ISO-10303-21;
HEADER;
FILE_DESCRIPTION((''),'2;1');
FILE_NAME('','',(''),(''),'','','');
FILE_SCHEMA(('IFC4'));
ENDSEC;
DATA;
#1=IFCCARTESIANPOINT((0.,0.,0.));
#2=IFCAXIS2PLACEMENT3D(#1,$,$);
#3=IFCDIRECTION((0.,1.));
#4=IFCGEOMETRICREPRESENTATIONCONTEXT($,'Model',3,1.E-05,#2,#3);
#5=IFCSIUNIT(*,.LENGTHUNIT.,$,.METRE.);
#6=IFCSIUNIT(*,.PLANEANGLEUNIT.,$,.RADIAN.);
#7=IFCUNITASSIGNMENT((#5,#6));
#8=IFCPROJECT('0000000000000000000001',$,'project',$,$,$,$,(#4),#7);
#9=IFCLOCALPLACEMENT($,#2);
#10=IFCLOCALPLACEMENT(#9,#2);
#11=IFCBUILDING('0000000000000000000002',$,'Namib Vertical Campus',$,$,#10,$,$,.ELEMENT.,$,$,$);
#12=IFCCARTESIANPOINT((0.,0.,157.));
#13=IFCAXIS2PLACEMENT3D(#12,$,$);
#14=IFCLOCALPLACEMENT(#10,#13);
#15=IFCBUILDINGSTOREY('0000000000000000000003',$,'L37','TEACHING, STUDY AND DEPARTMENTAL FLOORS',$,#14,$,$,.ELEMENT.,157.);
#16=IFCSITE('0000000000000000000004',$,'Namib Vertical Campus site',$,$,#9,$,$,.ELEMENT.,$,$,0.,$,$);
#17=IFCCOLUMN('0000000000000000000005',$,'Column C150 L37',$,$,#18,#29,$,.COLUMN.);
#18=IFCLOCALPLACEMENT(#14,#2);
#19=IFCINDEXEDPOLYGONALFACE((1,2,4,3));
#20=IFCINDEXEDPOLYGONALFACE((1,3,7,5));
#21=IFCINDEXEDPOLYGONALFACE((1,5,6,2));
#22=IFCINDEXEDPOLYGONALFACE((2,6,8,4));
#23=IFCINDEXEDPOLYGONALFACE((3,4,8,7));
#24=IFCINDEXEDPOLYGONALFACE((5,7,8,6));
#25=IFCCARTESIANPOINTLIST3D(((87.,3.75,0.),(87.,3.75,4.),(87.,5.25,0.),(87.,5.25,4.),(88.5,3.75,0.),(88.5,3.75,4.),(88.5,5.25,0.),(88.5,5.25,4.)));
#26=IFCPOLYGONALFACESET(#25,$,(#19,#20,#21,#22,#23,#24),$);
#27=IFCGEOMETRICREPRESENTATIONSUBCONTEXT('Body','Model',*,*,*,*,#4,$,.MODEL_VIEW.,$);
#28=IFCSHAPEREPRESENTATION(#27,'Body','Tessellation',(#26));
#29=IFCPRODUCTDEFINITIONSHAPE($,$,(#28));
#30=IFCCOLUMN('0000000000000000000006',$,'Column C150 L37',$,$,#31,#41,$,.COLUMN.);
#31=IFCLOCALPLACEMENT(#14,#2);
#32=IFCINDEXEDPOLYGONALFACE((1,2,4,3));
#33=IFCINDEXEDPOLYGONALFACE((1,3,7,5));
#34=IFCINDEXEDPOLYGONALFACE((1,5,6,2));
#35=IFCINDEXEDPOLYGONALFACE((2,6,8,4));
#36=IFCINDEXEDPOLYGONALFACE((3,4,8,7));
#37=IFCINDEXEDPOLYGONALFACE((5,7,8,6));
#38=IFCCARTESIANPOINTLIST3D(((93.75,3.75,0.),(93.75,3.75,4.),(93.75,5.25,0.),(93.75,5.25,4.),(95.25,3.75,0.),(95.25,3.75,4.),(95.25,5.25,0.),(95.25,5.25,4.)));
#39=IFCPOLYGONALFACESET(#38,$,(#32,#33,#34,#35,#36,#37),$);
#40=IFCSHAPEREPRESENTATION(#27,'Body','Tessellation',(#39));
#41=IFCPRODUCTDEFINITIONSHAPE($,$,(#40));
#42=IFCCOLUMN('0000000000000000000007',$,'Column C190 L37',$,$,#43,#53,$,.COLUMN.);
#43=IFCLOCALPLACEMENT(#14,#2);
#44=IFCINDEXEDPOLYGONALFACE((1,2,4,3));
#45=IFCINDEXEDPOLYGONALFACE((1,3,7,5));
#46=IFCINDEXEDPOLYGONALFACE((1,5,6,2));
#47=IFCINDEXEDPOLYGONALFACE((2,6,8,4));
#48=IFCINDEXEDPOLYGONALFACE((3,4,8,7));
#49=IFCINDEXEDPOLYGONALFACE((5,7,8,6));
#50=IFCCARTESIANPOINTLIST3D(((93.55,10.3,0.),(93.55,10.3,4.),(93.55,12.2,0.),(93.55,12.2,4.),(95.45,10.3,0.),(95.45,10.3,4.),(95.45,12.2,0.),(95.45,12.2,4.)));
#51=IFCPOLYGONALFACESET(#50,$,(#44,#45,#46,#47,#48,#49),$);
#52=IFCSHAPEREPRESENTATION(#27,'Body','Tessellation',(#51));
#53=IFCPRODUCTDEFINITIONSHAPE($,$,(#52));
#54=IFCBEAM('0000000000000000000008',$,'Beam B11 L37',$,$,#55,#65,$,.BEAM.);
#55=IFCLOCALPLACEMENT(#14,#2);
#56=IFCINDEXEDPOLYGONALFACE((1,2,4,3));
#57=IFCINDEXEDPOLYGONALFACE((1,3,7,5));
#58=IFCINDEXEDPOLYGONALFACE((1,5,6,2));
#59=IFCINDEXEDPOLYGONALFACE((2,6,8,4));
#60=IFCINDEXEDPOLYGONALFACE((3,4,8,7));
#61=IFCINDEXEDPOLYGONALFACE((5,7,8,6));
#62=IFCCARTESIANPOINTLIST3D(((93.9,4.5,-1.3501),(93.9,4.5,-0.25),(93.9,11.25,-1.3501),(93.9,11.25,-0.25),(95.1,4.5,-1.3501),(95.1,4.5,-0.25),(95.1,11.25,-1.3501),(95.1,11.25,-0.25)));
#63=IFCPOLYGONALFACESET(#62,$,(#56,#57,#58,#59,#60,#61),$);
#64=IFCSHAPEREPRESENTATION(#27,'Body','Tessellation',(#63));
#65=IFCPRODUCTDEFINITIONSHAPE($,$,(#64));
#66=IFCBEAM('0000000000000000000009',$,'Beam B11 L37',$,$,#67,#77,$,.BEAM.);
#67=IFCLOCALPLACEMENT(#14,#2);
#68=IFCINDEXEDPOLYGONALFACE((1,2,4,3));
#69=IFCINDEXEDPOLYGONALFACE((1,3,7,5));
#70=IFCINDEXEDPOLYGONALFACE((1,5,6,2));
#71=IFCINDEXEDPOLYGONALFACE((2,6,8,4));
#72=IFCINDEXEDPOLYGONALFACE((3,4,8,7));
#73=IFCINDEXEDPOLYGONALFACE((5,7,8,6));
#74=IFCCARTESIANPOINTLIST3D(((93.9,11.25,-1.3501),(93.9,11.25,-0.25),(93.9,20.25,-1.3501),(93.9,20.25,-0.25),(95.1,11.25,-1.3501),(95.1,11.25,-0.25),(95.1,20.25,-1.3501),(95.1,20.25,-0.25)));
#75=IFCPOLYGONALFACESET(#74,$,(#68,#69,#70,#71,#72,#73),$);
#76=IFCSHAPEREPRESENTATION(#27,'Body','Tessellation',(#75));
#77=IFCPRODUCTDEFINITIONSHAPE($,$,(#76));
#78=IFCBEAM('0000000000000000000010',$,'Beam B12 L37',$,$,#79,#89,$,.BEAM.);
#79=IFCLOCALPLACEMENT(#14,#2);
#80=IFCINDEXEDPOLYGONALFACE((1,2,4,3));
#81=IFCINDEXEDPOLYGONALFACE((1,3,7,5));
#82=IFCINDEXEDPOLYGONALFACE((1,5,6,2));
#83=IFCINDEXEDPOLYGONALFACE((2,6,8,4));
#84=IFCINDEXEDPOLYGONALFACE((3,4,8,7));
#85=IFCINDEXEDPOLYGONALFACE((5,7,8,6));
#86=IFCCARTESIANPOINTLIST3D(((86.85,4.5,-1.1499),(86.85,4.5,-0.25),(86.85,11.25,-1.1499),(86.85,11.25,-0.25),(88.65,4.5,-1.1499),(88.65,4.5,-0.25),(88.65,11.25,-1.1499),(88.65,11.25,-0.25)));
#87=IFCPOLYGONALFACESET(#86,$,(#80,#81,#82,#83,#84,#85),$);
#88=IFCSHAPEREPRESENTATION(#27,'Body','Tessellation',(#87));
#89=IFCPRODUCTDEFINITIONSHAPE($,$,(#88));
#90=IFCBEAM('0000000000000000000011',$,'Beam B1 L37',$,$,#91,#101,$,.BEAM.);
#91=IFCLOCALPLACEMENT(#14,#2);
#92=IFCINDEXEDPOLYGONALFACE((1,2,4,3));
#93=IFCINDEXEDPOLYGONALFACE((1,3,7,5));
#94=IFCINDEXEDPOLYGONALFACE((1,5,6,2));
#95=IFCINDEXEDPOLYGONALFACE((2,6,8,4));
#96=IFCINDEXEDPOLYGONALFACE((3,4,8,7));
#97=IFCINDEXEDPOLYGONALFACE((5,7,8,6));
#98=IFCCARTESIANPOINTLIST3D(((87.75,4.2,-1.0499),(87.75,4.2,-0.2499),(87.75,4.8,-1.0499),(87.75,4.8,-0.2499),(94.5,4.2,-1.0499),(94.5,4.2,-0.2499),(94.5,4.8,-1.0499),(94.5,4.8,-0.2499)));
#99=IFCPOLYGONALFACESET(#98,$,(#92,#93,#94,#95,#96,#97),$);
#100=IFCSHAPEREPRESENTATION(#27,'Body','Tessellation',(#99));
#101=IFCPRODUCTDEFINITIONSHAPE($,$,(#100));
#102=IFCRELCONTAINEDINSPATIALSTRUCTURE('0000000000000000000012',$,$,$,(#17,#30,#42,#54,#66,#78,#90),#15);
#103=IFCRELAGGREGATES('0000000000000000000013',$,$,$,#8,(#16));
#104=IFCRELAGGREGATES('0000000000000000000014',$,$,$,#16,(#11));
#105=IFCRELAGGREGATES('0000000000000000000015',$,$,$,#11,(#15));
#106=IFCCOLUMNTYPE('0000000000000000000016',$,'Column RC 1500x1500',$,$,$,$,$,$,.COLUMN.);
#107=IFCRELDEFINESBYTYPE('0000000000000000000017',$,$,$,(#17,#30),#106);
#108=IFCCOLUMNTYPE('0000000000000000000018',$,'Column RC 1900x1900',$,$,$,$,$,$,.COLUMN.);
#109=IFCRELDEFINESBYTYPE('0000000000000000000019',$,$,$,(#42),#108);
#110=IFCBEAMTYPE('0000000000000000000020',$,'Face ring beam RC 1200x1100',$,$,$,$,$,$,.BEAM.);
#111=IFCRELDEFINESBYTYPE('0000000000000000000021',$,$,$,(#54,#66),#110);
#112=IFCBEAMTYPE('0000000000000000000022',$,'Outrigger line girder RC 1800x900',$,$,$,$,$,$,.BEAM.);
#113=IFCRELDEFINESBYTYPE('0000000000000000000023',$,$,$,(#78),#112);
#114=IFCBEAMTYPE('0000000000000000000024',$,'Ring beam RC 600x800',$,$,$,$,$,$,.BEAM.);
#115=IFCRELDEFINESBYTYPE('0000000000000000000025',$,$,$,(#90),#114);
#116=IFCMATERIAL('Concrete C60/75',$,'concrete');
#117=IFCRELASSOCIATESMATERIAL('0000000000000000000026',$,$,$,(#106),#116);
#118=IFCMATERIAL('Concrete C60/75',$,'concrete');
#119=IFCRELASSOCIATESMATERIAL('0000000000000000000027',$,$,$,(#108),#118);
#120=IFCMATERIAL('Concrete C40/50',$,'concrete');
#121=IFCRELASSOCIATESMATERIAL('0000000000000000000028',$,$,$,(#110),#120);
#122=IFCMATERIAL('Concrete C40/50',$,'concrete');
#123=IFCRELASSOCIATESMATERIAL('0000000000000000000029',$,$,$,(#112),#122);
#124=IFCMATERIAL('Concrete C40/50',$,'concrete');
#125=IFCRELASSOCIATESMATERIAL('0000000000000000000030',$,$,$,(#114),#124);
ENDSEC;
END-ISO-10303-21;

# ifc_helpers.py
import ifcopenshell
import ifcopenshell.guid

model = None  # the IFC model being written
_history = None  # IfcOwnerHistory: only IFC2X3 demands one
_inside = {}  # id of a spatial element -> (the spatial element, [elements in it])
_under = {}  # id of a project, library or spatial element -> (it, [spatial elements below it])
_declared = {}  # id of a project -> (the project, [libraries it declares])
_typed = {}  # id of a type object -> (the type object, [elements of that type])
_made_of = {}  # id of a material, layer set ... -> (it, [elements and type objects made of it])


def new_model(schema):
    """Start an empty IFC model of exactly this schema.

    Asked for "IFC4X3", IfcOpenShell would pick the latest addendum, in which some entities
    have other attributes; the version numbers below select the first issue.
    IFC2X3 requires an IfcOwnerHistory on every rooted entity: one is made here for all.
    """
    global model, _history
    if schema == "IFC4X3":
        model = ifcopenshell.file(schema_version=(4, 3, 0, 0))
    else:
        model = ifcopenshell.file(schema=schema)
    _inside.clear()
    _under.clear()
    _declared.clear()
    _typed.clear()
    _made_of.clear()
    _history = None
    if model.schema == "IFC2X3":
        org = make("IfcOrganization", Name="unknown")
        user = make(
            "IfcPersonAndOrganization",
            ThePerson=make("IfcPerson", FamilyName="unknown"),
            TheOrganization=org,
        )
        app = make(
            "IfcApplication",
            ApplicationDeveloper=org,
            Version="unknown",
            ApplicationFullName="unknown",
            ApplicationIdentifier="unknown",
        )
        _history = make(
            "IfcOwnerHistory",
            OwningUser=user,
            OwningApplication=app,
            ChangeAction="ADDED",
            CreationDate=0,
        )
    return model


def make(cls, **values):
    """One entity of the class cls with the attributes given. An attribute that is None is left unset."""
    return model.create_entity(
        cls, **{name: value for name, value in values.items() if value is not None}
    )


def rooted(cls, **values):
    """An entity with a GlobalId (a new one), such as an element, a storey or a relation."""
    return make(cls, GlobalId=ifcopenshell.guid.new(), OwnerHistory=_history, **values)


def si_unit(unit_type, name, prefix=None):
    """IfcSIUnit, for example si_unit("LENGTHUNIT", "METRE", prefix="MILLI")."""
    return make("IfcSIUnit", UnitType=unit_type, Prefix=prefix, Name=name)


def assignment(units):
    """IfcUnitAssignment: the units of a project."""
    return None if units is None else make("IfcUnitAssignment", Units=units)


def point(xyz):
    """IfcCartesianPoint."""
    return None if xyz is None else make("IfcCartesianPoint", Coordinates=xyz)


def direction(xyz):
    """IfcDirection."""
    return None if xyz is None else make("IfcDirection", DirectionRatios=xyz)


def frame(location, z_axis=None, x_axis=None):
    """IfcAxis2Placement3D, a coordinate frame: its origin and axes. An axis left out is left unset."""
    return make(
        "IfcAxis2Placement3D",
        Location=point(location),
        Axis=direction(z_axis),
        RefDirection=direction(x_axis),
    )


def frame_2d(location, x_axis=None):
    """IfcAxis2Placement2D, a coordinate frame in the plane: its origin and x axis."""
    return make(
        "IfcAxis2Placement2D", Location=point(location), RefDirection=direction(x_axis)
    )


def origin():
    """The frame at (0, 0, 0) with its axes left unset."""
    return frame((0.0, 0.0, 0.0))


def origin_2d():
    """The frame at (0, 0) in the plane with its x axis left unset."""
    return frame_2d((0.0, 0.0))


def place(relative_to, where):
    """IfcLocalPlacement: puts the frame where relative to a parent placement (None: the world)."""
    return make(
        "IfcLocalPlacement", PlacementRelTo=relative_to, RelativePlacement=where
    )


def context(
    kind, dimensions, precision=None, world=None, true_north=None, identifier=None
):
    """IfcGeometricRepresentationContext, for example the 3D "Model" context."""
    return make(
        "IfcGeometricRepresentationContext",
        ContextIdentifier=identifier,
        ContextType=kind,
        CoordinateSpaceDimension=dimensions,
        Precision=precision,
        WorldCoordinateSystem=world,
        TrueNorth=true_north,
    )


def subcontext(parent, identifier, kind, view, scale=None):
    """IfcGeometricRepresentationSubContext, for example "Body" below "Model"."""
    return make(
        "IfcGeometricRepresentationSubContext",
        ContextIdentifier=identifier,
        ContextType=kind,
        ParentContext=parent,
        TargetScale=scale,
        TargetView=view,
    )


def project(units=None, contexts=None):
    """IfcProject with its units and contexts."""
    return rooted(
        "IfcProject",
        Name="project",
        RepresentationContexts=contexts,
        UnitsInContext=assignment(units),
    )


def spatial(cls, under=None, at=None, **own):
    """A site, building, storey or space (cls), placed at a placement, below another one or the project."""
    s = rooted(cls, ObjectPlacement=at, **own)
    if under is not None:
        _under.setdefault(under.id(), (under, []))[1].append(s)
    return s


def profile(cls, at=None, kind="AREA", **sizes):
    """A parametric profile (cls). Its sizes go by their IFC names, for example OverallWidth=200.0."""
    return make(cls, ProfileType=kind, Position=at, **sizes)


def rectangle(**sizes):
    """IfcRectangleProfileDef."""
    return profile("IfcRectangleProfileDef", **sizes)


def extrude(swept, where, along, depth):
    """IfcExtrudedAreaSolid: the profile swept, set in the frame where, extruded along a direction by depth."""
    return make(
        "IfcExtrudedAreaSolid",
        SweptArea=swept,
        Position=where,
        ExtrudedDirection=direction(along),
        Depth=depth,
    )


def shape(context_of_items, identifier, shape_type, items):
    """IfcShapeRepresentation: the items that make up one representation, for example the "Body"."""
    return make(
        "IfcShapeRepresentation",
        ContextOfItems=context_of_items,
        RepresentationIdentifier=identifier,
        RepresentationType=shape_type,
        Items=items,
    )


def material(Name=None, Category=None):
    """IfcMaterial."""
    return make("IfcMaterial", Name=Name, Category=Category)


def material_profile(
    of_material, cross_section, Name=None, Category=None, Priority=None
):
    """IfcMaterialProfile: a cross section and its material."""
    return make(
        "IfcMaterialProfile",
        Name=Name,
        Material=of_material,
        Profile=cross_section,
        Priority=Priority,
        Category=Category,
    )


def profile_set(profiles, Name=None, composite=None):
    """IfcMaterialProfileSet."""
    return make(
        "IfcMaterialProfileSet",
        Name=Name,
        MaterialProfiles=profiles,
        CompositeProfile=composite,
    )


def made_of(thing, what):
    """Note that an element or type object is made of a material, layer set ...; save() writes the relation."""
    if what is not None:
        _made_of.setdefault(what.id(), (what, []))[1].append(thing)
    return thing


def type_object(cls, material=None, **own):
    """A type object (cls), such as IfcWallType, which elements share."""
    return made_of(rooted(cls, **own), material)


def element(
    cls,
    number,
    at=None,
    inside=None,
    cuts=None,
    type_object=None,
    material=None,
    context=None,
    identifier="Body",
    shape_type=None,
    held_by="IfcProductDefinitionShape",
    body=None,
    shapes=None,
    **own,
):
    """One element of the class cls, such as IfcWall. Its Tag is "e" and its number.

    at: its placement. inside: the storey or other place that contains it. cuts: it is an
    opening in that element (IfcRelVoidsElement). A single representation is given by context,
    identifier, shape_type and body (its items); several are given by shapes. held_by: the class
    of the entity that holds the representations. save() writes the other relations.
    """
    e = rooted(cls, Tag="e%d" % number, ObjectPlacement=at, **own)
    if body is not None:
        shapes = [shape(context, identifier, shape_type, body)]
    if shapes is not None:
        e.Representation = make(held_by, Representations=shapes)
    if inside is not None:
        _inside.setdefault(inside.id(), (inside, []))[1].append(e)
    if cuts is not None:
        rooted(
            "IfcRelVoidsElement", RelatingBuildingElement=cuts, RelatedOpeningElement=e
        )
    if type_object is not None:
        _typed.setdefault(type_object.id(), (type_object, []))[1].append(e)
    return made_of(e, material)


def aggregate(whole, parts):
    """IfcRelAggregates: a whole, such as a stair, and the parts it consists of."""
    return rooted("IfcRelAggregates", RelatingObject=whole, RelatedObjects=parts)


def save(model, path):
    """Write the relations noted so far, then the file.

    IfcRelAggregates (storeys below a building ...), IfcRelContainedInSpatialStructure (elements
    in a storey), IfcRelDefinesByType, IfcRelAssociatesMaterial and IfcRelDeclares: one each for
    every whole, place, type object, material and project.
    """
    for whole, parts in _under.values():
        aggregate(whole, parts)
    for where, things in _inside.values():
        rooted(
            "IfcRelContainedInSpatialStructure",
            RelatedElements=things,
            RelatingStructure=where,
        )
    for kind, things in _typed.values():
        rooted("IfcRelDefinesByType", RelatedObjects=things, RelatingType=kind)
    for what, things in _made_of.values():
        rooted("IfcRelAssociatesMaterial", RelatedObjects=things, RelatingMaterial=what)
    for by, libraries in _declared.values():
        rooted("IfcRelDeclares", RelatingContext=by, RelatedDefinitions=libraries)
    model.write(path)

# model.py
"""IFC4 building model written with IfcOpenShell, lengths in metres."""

from ifc_helpers import new_model, si_unit, direction, frame, origin, origin_2d, place, context, subcontext, project, spatial, rectangle, extrude, material, material_profile, profile_set, type_object, element, save


model = new_model("IFC4")

# Units and contexts
model_context = context("Model", 3, precision=1e-05, world=origin(), true_north=direction((0.0, 1.0)))
body_context = subcontext(model_context, "Body", "Model", "MODEL_VIEW")
ifc_project = project(units=[si_unit("LENGTHUNIT", "METRE"), si_unit("PLANEANGLEUNIT", "RADIAN")], contexts=[model_context])

# Site, building, storey
site_placement = place(None, origin())
site = spatial("IfcSite", under=ifc_project, at=site_placement, Name="Namib Vertical Campus site", CompositionType="ELEMENT", RefElevation=0.0)
building_placement = place(site_placement, origin())
building = spatial("IfcBuilding", under=site, at=building_placement, Name="Namib Vertical Campus", CompositionType="ELEMENT")
storey_placement = place(building_placement, frame((0.0, 0.0, 157.0)))
storey = spatial("IfcBuildingStorey", under=building, at=storey_placement, Name="L37", Description="TEACHING, STUDY AND DEPARTMENTAL FLOORS", CompositionType="ELEMENT", Elevation=157.0)

# Columns
ifc_material_1 = material(Name="Concrete C60/75", Category="concrete")
ifc_material_profile_1 = material_profile(ifc_material_1, rectangle(XDim=1.5, YDim=1.5, at=origin_2d()))
ifc_profile_set_1 = profile_set([ifc_material_profile_1], Name="Concrete C60/75")
column_type_1 = type_object("IfcColumnType", Name="Column RC 1500x1500", PredefinedType="COLUMN", material=ifc_profile_set_1)
for number, where, z_axis, x_axis, name in (
    (1, (87.75, 4.5, 0.0), (0.0, 0.0, 1.0), (1.0, 0.0, 0.0), "Column C150 L37"),
    (2, (94.5, 4.5, 0.0), (0.0, 0.0, 1.0), (1.0, 0.0, 0.0), "Column C150 L37"),
):
    element("IfcColumn", number, at=place(storey_placement, frame(where, z_axis=z_axis, x_axis=x_axis)), inside=storey, type_object=column_type_1, Name=name, PredefinedType="COLUMN", context=body_context, shape_type="SweptSolid", body=[
        extrude(rectangle(XDim=1.5, YDim=1.5, at=origin_2d()), origin(), (0.0, 0.0, 1.0), 4.0),
    ])
ifc_material_2 = material(Name="Concrete C60/75", Category="concrete")
ifc_material_profile_2 = material_profile(ifc_material_2, rectangle(XDim=1.8999, YDim=1.8999, at=origin_2d()))
ifc_profile_set_2 = profile_set([ifc_material_profile_2], Name="Concrete C60/75")
column_type_2 = type_object("IfcColumnType", Name="Column RC 1900x1900", PredefinedType="COLUMN", material=ifc_profile_set_2)
column_placement = place(storey_placement, frame((94.5, 11.25, 0.0), z_axis=(0.0, 0.0, 1.0), x_axis=(1.0, 0.0, 0.0)))
element("IfcColumn", 3, at=column_placement, inside=storey, type_object=column_type_2, Name="Column C190 L37", PredefinedType="COLUMN", context=body_context, shape_type="SweptSolid", body=[
    extrude(rectangle(XDim=1.8999, YDim=1.8999, at=origin_2d()), origin(), (0.0, 0.0, 1.0), 4.0),
])

# Beams
ifc_material_3 = material(Name="Concrete C40/50", Category="concrete")
ifc_material_profile_3 = material_profile(ifc_material_3, rectangle(XDim=1.2, YDim=1.1001, at=origin_2d()))
ifc_profile_set_3 = profile_set([ifc_material_profile_3], Name="Concrete C40/50")
beam_type_1 = type_object("IfcBeamType", Name="Face ring beam RC 1200x1100", PredefinedType="BEAM", material=ifc_profile_set_3)
beam_1_placement = place(storey_placement, frame((94.5, 4.5, -0.8), z_axis=(0.0, 1.0, 0.0), x_axis=(-1.0, 0.0, 0.0)))
element("IfcBeam", 4, at=beam_1_placement, inside=storey, type_object=beam_type_1, Name="Beam B11 L37", PredefinedType="BEAM", context=body_context, shape_type="SweptSolid", body=[
    extrude(rectangle(XDim=1.2, YDim=1.1001, at=origin_2d()), origin(), (0.0, 0.0, 1.0), 6.75),
])
beam_2_placement = place(storey_placement, frame((94.5, 11.25, -0.8), z_axis=(0.0, 1.0, 0.0), x_axis=(-1.0, 0.0, 0.0)))
element("IfcBeam", 5, at=beam_2_placement, inside=storey, type_object=beam_type_1, Name="Beam B11 L37", PredefinedType="BEAM", context=body_context, shape_type="SweptSolid", body=[
    extrude(rectangle(XDim=1.2, YDim=1.1001, at=origin_2d()), origin(), (0.0, 0.0, 1.0), 9.0),
])
ifc_material_4 = material(Name="Concrete C40/50", Category="concrete")
ifc_material_profile_4 = material_profile(ifc_material_4, rectangle(XDim=1.8, YDim=0.8999, at=origin_2d()))
ifc_profile_set_4 = profile_set([ifc_material_profile_4], Name="Concrete C40/50")
beam_type_2 = type_object("IfcBeamType", Name="Outrigger line girder RC 1800x900", PredefinedType="BEAM", material=ifc_profile_set_4)
beam_3_placement = place(storey_placement, frame((87.75, 4.5, -0.7), z_axis=(0.0, 1.0, 0.0), x_axis=(-1.0, 0.0, 0.0)))
element("IfcBeam", 6, at=beam_3_placement, inside=storey, type_object=beam_type_2, Name="Beam B12 L37", PredefinedType="BEAM", context=body_context, shape_type="SweptSolid", body=[
    extrude(rectangle(XDim=1.8, YDim=0.8999, at=origin_2d()), origin(), (0.0, 0.0, 1.0), 6.75),
])
ifc_material_5 = material(Name="Concrete C40/50", Category="concrete")
ifc_material_profile_5 = material_profile(ifc_material_5, rectangle(XDim=0.6001, YDim=0.8, at=origin_2d()))
ifc_profile_set_5 = profile_set([ifc_material_profile_5], Name="Concrete C40/50")
beam_type_3 = type_object("IfcBeamType", Name="Ring beam RC 600x800", PredefinedType="BEAM", material=ifc_profile_set_5)
beam_4_placement = place(storey_placement, frame((87.75, 4.5, -0.6499), z_axis=(1.0, 0.0, 0.0), x_axis=(0.0, 1.0, 0.0)))
element("IfcBeam", 7, at=beam_4_placement, inside=storey, type_object=beam_type_3, Name="Beam B1 L37", PredefinedType="BEAM", context=body_context, shape_type="SweptSolid", body=[
    extrude(rectangle(XDim=0.6001, YDim=0.8, at=origin_2d()), origin(), (0.0, 0.0, 1.0), 6.75),
])

save(model, "model.ifc")
